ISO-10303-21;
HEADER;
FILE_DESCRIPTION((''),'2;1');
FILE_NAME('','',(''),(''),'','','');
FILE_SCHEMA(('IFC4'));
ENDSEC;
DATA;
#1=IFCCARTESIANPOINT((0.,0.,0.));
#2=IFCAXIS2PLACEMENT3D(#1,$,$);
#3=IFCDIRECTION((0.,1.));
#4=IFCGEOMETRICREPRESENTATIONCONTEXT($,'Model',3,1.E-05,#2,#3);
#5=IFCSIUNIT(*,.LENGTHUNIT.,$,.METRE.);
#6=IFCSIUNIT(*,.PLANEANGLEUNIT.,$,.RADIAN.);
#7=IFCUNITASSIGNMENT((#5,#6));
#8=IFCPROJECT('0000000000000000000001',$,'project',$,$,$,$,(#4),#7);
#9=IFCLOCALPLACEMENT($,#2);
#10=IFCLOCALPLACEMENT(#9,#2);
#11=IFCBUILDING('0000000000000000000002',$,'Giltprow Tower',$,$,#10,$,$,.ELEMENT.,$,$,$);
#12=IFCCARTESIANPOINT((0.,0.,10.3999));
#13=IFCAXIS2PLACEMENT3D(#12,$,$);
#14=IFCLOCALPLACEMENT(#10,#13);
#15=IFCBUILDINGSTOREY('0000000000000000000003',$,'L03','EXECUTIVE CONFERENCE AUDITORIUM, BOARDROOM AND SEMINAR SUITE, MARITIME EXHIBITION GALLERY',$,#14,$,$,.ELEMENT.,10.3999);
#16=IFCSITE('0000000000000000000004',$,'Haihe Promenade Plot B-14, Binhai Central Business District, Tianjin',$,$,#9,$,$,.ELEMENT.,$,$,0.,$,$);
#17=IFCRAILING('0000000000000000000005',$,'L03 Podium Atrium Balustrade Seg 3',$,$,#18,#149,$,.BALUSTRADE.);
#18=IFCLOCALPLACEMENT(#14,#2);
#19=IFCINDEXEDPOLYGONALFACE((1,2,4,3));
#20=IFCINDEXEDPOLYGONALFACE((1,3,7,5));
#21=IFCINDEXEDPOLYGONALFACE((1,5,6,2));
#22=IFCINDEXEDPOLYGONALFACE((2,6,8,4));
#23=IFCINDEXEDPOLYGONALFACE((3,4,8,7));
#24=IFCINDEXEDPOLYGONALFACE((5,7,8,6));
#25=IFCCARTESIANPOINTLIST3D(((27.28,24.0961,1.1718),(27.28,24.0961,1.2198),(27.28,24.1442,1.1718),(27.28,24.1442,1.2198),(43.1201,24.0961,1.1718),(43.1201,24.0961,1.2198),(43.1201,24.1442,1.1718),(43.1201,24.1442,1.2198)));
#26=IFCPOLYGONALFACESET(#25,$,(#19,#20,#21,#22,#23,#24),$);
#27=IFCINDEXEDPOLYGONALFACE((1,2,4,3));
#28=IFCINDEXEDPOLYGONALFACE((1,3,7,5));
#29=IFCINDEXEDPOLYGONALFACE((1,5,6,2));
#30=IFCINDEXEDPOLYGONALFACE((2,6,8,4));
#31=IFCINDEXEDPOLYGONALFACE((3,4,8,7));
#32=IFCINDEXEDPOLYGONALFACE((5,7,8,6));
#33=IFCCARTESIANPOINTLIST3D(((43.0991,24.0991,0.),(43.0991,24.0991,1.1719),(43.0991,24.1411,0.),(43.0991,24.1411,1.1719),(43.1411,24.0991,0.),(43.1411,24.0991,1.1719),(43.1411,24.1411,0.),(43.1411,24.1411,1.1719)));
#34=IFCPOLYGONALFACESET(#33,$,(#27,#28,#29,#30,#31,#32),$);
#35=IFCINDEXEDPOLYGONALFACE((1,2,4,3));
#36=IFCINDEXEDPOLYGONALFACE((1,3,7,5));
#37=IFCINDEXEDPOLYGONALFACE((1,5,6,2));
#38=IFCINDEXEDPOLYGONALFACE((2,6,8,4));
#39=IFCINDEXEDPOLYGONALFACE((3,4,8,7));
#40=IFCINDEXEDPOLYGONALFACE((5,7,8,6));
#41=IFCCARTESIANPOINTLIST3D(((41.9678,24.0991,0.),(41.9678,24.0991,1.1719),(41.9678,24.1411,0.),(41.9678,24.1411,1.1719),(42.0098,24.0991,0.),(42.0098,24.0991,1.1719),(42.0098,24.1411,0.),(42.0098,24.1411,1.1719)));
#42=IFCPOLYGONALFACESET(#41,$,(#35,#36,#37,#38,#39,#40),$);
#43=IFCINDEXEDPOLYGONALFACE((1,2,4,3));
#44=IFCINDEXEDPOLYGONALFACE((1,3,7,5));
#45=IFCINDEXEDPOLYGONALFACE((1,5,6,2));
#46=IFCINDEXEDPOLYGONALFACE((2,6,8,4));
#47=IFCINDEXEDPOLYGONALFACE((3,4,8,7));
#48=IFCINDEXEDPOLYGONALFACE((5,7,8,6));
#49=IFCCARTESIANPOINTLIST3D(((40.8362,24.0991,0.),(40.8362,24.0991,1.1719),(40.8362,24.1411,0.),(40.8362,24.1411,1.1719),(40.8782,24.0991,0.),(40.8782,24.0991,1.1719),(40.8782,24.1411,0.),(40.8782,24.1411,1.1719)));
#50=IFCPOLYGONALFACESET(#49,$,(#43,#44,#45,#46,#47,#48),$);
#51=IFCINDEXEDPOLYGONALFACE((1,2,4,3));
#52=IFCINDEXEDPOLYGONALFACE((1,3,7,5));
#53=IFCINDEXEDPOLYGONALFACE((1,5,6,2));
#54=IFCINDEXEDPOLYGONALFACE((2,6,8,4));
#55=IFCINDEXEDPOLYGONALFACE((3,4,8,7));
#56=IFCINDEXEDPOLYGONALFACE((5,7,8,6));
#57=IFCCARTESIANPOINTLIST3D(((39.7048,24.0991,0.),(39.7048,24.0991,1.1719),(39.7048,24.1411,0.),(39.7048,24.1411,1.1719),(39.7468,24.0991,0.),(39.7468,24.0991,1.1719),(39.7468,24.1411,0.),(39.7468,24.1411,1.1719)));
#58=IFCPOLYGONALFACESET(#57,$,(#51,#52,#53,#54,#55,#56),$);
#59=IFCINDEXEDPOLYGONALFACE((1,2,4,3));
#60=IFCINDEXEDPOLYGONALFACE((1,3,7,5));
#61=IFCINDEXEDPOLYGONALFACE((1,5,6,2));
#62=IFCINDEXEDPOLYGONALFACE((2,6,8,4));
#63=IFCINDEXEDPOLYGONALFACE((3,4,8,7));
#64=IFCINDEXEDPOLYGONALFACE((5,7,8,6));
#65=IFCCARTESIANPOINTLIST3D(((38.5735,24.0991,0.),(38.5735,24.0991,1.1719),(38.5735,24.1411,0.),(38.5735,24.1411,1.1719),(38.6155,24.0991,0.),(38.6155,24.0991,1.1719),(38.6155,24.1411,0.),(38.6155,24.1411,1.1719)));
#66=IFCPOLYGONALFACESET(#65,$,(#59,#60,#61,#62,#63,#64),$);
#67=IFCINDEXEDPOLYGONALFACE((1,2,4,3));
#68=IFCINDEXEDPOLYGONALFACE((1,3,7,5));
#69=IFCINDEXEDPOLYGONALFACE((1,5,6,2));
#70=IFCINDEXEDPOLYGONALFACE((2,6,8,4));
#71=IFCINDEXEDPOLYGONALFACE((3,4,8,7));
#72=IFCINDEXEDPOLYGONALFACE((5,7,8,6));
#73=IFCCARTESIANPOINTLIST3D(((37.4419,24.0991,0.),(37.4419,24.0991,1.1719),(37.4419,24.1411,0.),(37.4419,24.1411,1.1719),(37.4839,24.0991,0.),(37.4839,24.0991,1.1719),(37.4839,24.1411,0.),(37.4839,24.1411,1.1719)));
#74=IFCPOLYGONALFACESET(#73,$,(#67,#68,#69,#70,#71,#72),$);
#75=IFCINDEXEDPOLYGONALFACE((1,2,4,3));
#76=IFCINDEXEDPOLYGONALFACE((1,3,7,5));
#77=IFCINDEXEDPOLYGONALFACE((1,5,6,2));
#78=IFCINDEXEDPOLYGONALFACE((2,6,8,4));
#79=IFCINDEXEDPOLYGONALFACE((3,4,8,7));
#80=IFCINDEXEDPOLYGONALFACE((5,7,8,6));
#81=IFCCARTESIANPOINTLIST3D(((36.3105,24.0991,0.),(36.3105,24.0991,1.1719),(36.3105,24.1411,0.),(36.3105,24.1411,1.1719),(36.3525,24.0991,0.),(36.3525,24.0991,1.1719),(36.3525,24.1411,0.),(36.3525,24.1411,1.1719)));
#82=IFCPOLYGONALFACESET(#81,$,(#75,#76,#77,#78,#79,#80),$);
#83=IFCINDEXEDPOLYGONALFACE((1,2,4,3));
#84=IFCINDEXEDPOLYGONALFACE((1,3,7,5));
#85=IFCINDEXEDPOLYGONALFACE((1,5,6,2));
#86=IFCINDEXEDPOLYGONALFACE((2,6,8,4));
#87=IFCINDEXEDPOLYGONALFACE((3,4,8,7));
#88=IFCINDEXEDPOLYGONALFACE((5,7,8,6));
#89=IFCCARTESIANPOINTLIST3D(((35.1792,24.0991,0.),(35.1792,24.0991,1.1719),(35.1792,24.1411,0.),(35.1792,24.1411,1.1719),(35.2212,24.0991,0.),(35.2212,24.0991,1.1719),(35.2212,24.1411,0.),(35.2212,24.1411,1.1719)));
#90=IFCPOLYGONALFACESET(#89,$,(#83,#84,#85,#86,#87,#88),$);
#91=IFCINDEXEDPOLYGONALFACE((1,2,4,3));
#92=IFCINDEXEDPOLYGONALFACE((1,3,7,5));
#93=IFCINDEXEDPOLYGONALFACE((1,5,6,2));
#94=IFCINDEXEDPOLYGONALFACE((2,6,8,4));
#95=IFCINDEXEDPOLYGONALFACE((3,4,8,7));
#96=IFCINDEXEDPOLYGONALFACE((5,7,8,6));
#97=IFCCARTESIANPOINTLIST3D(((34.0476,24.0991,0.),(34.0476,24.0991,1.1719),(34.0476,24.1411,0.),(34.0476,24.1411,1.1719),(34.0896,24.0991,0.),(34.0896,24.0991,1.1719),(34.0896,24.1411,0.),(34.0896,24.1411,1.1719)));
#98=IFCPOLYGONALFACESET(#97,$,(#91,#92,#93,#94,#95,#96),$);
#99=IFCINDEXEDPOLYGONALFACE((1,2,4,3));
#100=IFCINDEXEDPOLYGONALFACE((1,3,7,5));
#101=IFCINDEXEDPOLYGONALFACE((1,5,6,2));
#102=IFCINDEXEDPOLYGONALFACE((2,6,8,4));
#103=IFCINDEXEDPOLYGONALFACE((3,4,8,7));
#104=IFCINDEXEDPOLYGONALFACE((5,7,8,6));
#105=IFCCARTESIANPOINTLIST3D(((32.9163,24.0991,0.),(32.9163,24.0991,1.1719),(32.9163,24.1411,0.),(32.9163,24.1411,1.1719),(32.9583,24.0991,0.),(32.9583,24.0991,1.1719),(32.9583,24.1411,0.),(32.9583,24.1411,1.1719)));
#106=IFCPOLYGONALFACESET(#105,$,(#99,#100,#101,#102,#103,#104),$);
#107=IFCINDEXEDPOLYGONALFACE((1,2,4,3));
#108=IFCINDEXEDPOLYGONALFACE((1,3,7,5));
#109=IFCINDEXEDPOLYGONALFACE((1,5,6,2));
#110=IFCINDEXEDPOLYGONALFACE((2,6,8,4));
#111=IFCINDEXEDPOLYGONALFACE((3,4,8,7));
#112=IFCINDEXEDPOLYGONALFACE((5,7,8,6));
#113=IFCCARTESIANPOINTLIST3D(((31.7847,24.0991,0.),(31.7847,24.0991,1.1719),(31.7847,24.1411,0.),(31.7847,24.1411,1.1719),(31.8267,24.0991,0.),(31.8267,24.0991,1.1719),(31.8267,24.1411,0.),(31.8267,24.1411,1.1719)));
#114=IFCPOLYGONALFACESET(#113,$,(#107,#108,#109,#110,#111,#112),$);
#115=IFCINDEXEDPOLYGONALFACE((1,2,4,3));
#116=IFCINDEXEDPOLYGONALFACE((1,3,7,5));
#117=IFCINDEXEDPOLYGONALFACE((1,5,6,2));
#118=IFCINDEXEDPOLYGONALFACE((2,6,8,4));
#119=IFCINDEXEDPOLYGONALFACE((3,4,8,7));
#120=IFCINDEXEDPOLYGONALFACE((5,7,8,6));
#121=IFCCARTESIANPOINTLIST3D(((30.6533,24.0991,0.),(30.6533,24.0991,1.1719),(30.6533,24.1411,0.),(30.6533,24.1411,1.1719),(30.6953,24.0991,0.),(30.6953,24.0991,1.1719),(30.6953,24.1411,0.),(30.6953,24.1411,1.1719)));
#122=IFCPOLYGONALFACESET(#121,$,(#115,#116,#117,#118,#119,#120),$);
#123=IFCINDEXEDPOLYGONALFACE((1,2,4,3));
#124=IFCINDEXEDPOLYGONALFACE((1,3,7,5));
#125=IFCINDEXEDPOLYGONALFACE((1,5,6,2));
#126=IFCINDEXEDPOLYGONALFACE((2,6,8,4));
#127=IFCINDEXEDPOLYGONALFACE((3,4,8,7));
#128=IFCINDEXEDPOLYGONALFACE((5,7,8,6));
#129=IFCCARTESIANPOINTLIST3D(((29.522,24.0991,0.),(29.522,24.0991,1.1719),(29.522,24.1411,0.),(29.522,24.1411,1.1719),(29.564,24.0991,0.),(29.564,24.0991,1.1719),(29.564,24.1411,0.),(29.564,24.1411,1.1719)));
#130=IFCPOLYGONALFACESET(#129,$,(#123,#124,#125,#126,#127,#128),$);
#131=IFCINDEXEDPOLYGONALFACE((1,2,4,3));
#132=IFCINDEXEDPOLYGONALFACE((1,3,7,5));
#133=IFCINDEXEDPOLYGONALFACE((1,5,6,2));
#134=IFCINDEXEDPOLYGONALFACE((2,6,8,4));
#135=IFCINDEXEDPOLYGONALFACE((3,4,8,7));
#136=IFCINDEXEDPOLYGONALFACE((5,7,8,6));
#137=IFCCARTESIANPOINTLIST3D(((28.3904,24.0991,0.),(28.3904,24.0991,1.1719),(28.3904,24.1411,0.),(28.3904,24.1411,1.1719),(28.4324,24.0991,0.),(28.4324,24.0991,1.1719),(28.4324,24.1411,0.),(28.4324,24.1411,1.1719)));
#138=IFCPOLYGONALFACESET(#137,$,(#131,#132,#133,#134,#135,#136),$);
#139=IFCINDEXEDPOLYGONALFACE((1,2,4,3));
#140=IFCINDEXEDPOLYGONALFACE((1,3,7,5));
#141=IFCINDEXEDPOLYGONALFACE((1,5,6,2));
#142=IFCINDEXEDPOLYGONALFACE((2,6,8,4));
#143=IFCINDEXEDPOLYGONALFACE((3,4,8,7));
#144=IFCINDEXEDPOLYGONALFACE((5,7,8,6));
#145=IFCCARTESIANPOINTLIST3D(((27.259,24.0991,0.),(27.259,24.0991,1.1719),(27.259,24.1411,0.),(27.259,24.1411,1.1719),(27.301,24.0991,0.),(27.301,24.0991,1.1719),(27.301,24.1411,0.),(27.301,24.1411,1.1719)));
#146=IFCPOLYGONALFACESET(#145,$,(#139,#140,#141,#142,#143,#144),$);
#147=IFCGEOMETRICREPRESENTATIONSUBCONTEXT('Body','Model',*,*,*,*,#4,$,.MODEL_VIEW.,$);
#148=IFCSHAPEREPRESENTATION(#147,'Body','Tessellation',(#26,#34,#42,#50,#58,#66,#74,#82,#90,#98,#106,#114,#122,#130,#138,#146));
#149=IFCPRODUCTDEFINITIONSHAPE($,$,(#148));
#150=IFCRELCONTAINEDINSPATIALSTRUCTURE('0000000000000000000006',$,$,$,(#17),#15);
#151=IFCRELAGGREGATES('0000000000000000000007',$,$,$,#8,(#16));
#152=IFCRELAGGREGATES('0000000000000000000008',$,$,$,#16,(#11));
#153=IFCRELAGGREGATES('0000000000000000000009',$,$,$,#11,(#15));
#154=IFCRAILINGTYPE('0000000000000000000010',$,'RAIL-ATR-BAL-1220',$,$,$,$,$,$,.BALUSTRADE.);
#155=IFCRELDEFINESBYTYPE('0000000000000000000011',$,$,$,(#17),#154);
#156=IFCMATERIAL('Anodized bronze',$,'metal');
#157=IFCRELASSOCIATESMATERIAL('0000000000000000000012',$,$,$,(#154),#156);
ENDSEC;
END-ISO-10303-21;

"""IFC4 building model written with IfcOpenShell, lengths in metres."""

from ifc_helpers import new_model, si_unit, direction, frame, origin, origin_2d, place, context, subcontext, project, spatial, rectangle, extrude, material, type_object, element, save


model = new_model("IFC4")

# Units and contexts
model_context = context("Model", 3, precision=1e-05, world=origin(), true_north=direction((0.0, 1.0)))
body_context = subcontext(model_context, "Body", "Model", "MODEL_VIEW")
ifc_project = project(units=[si_unit("LENGTHUNIT", "METRE"), si_unit("PLANEANGLEUNIT", "RADIAN")], contexts=[model_context])

# Site, building, storey
site_placement = place(None, origin())
site = spatial("IfcSite", under=ifc_project, at=site_placement, Name="Haihe Promenade Plot B-14, Binhai Central Business District, Tianjin", CompositionType="ELEMENT", RefElevation=0.0)
building_placement = place(site_placement, origin())
building = spatial("IfcBuilding", under=site, at=building_placement, Name="Giltprow Tower", CompositionType="ELEMENT")
storey_placement = place(building_placement, frame((0.0, 0.0, 10.3999)))
storey = spatial("IfcBuildingStorey", under=building, at=storey_placement, Name="L03", Description="EXECUTIVE CONFERENCE AUDITORIUM, BOARDROOM AND SEMINAR SUITE, MARITIME EXHIBITION GALLERY", CompositionType="ELEMENT", Elevation=10.3999)

# Railing
ifc_material_1 = material(Name="Anodized bronze", Category="metal")
railing_type = type_object("IfcRailingType", Name="RAIL-ATR-BAL-1220", PredefinedType="BALUSTRADE", material=ifc_material_1)
railing_1_placement = place(storey_placement, frame((43.1201, 24.1201, 0.0)))
element("IfcRailing", 1, at=railing_1_placement, inside=storey, type_object=railing_type, Name="L03 Podium Atrium Balustrade Seg 3", PredefinedType="BALUSTRADE", context=body_context, shape_type="SweptSolid", body=[
    extrude(rectangle(XDim=0.0481, YDim=0.0481, at=origin_2d()), frame((0.0, 0.0, 1.1958), z_axis=(-1.0, 0.0, 0.0), x_axis=(0.0, -1.0, 0.0)), (0.0, 0.0, 1.0), 15.8401),
    extrude(rectangle(XDim=0.042, YDim=0.042, at=origin_2d()), origin(), (0.0, 0.0, 1.0), 1.1719),
    extrude(rectangle(XDim=0.042, YDim=0.042, at=origin_2d()), frame((-1.1313, 0.0, 0.0)), (0.0, 0.0, 1.0), 1.1719),
    extrude(rectangle(XDim=0.042, YDim=0.042, at=origin_2d()), frame((-2.2629, 0.0, 0.0)), (0.0, 0.0, 1.0), 1.1719),
    extrude(rectangle(XDim=0.042, YDim=0.042, at=origin_2d()), frame((-3.3943, 0.0, 0.0)), (0.0, 0.0, 1.0), 1.1719),
    extrude(rectangle(XDim=0.042, YDim=0.042, at=origin_2d()), frame((-4.5256, 0.0, 0.0)), (0.0, 0.0, 1.0), 1.1719),
    extrude(rectangle(XDim=0.042, YDim=0.042, at=origin_2d()), frame((-5.6572, 0.0, 0.0)), (0.0, 0.0, 1.0), 1.1719),
    extrude(rectangle(XDim=0.042, YDim=0.042, at=origin_2d()), frame((-6.7886, 0.0, 0.0)), (0.0, 0.0, 1.0), 1.1719),
    extrude(rectangle(XDim=0.042, YDim=0.042, at=origin_2d()), frame((-7.9199, 0.0, 0.0)), (0.0, 0.0, 1.0), 1.1719),
    extrude(rectangle(XDim=0.042, YDim=0.042, at=origin_2d()), frame((-9.0515, 0.0, 0.0)), (0.0, 0.0, 1.0), 1.1719),
    extrude(rectangle(XDim=0.042, YDim=0.042, at=origin_2d()), frame((-10.1829, 0.0, 0.0)), (0.0, 0.0, 1.0), 1.1719),
    extrude(rectangle(XDim=0.042, YDim=0.042, at=origin_2d()), frame((-11.3145, 0.0, 0.0)), (0.0, 0.0, 1.0), 1.1719),
    extrude(rectangle(XDim=0.042, YDim=0.042, at=origin_2d()), frame((-12.4458, 0.0, 0.0)), (0.0, 0.0, 1.0), 1.1719),
    extrude(rectangle(XDim=0.042, YDim=0.042, at=origin_2d()), frame((-13.5771, 0.0, 0.0)), (0.0, 0.0, 1.0), 1.1719),
    extrude(rectangle(XDim=0.042, YDim=0.042, at=origin_2d()), frame((-14.7087, 0.0, 0.0)), (0.0, 0.0, 1.0), 1.1719),
    extrude(rectangle(XDim=0.042, YDim=0.042, at=origin_2d()), frame((-15.8401, 0.0, 0.0)), (0.0, 0.0, 1.0), 1.1719),
])

save(model, "model.ifc")
